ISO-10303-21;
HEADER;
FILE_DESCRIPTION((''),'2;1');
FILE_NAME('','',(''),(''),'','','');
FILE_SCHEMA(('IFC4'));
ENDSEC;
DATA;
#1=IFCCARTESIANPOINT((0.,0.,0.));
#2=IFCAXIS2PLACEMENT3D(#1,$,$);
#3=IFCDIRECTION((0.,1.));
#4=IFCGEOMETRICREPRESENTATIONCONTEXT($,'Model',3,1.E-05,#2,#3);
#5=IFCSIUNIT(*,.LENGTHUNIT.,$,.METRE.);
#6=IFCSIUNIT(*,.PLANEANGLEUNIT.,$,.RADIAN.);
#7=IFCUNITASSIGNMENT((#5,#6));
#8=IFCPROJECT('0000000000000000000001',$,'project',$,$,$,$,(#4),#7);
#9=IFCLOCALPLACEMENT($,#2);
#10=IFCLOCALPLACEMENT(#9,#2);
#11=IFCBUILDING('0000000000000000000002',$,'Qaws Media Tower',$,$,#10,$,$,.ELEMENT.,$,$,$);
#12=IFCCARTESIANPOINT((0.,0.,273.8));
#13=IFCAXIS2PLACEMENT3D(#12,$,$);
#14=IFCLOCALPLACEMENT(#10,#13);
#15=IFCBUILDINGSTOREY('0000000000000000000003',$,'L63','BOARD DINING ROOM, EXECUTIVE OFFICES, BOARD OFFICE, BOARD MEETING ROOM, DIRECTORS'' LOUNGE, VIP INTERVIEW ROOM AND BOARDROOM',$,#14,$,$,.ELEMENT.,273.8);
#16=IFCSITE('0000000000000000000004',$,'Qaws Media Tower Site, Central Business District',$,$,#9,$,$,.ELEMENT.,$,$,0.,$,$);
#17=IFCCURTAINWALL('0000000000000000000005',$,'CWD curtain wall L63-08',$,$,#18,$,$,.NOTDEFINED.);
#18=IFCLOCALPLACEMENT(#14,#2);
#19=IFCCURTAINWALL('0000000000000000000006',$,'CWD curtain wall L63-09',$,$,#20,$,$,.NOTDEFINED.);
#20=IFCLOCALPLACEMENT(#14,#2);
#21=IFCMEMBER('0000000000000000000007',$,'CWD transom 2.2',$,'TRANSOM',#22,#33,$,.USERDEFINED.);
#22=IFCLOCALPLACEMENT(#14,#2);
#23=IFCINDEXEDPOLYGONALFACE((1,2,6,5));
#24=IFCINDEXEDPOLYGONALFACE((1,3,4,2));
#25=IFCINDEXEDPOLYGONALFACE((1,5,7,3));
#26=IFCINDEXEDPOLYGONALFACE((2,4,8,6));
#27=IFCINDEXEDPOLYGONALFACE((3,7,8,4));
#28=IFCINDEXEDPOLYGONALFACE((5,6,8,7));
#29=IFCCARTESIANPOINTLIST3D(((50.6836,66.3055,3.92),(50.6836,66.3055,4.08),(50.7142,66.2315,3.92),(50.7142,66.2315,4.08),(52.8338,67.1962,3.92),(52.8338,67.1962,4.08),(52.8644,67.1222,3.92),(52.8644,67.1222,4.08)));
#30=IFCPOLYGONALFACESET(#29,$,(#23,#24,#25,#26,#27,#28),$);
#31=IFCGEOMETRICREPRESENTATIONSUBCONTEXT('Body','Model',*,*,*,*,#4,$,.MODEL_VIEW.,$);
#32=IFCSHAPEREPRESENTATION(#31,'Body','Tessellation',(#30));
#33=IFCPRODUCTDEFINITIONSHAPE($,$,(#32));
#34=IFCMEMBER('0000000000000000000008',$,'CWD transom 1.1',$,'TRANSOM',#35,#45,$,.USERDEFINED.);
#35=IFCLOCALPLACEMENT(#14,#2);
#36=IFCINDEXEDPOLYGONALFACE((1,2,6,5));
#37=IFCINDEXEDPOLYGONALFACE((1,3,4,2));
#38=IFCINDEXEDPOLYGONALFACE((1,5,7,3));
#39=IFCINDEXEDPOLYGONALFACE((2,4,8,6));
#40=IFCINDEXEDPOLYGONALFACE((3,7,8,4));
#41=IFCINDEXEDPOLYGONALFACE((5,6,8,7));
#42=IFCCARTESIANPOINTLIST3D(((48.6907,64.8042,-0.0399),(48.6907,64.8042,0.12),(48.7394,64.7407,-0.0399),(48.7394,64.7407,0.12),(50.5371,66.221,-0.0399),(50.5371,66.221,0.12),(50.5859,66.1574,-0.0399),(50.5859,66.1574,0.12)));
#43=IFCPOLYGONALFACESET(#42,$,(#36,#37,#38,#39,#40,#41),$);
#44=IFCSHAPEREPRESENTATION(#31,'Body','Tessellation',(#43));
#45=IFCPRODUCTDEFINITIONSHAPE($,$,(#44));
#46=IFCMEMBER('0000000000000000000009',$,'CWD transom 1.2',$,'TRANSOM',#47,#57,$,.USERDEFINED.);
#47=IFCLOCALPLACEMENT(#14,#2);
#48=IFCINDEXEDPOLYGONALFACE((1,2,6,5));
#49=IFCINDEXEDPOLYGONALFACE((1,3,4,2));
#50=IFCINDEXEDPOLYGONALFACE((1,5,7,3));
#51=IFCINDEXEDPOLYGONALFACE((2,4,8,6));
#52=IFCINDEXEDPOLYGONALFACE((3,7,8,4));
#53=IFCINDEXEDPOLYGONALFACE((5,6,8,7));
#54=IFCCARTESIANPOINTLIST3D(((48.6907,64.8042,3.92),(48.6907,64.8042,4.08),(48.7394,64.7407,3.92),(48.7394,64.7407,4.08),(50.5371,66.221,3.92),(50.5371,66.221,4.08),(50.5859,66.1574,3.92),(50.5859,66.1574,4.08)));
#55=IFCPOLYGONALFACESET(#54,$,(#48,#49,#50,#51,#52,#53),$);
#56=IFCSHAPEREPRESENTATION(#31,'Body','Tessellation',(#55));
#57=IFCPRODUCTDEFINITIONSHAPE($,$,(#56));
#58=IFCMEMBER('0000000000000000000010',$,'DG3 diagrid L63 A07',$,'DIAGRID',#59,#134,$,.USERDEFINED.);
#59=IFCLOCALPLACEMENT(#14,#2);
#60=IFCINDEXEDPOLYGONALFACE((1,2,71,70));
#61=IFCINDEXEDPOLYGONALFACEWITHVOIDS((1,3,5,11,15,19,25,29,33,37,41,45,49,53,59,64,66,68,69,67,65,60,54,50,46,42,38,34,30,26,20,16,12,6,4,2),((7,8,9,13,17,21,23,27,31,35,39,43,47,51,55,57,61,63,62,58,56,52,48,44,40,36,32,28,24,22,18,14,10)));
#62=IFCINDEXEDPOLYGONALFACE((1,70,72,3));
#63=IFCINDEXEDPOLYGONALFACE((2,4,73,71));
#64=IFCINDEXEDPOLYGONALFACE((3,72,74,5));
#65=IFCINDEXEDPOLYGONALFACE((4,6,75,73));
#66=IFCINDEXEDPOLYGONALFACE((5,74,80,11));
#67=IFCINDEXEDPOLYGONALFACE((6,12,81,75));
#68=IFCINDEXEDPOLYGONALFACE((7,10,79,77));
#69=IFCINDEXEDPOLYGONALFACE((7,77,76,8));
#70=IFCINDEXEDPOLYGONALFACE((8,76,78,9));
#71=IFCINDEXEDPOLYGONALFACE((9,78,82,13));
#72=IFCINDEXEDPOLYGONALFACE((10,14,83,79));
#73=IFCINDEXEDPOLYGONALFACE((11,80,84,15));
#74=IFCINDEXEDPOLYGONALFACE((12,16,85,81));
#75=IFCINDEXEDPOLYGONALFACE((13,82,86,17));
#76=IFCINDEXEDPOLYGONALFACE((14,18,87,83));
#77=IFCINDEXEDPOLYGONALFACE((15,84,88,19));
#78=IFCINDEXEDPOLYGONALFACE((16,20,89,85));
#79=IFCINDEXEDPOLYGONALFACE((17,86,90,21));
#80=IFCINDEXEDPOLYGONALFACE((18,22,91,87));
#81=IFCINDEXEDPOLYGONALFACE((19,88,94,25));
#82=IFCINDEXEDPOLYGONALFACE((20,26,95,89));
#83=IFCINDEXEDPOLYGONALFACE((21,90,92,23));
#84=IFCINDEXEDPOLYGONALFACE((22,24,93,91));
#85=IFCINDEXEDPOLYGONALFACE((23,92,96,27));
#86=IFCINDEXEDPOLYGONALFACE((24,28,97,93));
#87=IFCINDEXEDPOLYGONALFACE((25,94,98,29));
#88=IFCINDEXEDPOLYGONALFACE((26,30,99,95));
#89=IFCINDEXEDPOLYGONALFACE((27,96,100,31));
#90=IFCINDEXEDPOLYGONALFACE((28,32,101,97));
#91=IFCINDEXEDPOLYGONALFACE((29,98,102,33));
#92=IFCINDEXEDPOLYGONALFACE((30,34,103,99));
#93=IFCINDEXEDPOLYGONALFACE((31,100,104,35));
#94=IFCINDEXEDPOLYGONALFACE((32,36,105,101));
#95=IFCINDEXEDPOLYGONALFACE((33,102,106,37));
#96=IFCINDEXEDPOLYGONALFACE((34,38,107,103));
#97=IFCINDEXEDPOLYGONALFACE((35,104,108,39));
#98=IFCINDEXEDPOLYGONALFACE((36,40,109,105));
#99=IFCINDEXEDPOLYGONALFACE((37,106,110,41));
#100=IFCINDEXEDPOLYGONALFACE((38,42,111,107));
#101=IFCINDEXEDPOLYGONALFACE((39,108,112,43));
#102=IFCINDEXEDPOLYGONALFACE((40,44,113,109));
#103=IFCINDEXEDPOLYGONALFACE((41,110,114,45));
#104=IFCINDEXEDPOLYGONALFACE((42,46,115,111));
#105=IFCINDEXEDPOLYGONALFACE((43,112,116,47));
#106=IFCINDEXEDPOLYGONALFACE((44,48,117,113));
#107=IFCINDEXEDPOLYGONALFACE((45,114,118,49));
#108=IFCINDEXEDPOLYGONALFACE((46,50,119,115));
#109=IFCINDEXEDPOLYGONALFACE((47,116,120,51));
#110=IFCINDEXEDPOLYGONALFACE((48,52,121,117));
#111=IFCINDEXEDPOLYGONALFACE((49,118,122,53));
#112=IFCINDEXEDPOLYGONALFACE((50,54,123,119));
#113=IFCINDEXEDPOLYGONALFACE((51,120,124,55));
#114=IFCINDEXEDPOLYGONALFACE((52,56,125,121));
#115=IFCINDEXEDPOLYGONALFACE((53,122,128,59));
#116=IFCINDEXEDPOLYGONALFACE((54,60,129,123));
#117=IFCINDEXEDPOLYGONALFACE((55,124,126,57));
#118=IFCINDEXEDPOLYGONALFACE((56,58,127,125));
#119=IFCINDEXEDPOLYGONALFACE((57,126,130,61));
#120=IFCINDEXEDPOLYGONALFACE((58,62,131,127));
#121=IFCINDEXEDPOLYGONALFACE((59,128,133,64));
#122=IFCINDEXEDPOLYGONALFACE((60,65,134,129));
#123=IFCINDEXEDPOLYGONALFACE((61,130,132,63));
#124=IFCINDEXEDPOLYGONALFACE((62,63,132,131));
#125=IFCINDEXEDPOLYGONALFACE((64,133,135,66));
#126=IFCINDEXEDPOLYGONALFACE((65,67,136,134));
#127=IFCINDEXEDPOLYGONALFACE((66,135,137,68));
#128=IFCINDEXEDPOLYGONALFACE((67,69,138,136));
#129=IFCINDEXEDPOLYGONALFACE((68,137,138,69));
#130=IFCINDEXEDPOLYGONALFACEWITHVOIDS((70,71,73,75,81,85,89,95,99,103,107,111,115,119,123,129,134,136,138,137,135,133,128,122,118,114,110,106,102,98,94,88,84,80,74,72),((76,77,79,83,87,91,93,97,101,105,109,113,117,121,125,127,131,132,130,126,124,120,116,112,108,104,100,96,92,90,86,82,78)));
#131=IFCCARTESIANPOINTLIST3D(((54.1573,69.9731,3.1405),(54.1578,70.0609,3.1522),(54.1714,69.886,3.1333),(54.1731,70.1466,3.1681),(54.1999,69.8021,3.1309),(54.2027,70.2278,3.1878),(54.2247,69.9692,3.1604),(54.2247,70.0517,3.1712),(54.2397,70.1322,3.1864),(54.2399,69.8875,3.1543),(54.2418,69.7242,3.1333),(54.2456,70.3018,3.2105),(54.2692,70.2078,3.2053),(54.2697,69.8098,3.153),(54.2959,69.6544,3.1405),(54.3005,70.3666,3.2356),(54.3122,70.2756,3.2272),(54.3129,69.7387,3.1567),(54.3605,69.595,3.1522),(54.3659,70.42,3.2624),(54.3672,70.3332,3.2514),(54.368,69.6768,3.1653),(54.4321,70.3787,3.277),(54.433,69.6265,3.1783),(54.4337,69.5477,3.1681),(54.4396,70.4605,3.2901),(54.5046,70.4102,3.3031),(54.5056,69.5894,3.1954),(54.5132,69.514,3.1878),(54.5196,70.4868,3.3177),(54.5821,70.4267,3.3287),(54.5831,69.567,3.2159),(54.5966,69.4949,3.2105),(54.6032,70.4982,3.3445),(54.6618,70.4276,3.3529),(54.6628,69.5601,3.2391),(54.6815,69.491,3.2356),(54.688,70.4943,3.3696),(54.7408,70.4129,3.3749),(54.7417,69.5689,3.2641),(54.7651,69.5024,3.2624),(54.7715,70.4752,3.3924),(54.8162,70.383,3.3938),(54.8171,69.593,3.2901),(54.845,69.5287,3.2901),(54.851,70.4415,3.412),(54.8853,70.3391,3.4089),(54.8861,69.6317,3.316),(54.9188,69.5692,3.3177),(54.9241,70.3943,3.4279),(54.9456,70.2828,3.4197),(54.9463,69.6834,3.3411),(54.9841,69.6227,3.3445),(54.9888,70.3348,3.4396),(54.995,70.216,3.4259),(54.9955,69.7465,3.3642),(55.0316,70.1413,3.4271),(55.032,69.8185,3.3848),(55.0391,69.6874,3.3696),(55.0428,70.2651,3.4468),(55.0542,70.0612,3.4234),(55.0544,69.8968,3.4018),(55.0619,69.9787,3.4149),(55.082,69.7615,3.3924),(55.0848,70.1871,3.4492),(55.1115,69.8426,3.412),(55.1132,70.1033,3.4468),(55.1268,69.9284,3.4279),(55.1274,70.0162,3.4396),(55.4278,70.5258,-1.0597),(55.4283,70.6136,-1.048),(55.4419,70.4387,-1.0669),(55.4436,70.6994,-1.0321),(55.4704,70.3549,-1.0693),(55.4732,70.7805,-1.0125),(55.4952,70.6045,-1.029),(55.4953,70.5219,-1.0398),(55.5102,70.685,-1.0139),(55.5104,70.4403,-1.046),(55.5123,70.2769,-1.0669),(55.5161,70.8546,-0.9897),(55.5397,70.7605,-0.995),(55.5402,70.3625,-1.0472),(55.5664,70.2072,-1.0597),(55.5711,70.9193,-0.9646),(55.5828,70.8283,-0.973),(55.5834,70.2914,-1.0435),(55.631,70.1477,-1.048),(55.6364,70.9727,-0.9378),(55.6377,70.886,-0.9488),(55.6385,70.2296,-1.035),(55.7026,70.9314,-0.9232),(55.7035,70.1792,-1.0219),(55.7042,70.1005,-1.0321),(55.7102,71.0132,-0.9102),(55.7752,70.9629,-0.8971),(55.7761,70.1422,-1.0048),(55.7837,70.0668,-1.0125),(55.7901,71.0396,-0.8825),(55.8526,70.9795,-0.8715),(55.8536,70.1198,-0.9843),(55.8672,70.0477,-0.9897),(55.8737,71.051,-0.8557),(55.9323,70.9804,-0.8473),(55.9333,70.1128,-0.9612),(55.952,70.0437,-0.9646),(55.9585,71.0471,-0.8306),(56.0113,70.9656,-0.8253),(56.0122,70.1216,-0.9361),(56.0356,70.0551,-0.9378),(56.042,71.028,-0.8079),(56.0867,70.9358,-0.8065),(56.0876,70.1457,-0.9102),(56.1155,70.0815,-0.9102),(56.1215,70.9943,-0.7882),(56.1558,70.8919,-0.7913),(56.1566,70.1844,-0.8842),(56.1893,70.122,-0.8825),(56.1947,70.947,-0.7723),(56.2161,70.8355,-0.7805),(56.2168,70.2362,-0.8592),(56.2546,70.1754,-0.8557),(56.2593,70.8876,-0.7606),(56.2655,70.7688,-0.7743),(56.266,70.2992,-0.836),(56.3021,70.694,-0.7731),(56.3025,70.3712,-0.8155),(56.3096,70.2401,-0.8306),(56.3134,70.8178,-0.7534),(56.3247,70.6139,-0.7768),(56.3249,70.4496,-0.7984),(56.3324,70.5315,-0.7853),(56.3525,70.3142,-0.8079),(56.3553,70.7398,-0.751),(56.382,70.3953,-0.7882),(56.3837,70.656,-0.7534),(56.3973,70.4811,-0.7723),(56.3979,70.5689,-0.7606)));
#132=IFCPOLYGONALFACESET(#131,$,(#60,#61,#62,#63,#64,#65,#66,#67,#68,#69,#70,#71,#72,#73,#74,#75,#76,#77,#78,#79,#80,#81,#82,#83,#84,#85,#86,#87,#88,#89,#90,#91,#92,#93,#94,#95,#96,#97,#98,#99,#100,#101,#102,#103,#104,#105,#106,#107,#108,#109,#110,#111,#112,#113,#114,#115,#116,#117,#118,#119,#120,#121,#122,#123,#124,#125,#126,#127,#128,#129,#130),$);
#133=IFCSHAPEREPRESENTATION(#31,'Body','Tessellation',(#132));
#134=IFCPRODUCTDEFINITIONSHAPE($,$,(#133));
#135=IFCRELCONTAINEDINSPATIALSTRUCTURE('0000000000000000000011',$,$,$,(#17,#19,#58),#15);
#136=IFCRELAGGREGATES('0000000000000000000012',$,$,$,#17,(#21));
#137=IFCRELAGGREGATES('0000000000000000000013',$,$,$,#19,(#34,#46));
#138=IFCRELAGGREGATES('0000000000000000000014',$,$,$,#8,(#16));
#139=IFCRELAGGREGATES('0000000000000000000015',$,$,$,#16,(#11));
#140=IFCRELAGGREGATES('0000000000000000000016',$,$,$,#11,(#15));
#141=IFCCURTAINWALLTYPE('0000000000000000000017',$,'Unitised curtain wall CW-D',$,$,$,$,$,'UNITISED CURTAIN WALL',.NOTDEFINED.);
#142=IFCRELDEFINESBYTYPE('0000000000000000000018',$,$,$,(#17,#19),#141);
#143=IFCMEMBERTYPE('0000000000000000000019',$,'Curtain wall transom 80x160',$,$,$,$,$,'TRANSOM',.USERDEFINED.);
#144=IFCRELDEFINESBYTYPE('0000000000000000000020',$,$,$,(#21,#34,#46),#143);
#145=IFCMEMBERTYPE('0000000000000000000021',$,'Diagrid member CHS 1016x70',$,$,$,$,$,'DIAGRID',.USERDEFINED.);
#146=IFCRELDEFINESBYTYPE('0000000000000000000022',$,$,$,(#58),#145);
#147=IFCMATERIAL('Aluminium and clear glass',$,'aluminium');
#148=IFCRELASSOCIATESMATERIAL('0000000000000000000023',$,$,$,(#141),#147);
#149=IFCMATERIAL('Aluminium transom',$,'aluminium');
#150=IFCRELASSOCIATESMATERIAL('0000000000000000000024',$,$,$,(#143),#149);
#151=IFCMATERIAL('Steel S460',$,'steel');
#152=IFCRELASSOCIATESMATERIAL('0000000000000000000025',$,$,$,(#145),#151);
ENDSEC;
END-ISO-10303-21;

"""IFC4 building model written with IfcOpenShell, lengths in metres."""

from ifc_helpers import new_model, si_unit, direction, frame, origin, origin_2d, place, context, subcontext, project, spatial, rectangle, hollow_circle, extrude, material, material_profile, profile_set, type_object, element, aggregate, save


model = new_model("IFC4")

# Units and contexts
model_context = context("Model", 3, precision=1e-05, world=origin(), true_north=direction((0.0, 1.0)))
body_context = subcontext(model_context, "Body", "Model", "MODEL_VIEW")
ifc_project = project(units=[si_unit("LENGTHUNIT", "METRE"), si_unit("PLANEANGLEUNIT", "RADIAN")], contexts=[model_context])

# Site, building, storey
site_placement = place(None, origin())
site = spatial("IfcSite", under=ifc_project, at=site_placement, Name="Qaws Media Tower Site, Central Business District", CompositionType="ELEMENT", RefElevation=0.0)
building_placement = place(site_placement, origin())
building = spatial("IfcBuilding", under=site, at=building_placement, Name="Qaws Media Tower", CompositionType="ELEMENT")
storey_placement = place(building_placement, frame((0.0, 0.0, 273.8)))
storey = spatial("IfcBuildingStorey", under=building, at=storey_placement, Name="L63", Description="BOARD DINING ROOM, EXECUTIVE OFFICES, BOARD OFFICE, BOARD MEETING ROOM, DIRECTORS' LOUNGE, VIP INTERVIEW ROOM AND BOARDROOM", CompositionType="ELEMENT", Elevation=273.8)

# Curtain wall
ifc_material_1 = material(Name="Aluminium and clear glass", Category="aluminium")
curtain_wall_type = type_object("IfcCurtainWallType", Name="Unitised curtain wall CW-D", ElementType="UNITISED CURTAIN WALL", PredefinedType="NOTDEFINED", material=ifc_material_1)
curtain_wall_1_placement = place(storey_placement, origin())
curtain_wall_1 = element("IfcCurtainWall", 1, at=curtain_wall_1_placement, inside=storey, type_object=curtain_wall_type, Name="CWD curtain wall L63-08", PredefinedType="NOTDEFINED")

# Curtain wall
curtain_wall_2_placement = place(storey_placement, origin())
curtain_wall_2 = element("IfcCurtainWall", 2, at=curtain_wall_2_placement, inside=storey, type_object=curtain_wall_type, Name="CWD curtain wall L63-09", PredefinedType="NOTDEFINED")

# Members
ifc_material_2 = material(Name="Aluminium transom", Category="aluminium")
ifc_material_profile_1 = material_profile(ifc_material_2, rectangle(XDim=0.0801, YDim=0.1599, at=origin_2d()), Name="80x160")
ifc_profile_set_1 = profile_set([ifc_material_profile_1], Name="Aluminium transom")
member_type_1 = type_object("IfcMemberType", Name="Curtain wall transom 80x160", ElementType="TRANSOM", PredefinedType="USERDEFINED", material=ifc_profile_set_1)
member_1_placement = place(storey_placement, frame((52.8491, 67.1592, 4.0), z_axis=(-0.923879, -0.382685, 0.0), x_axis=(0.382685, -0.923879, 0.0)))
member_1 = element("IfcMember", 3, at=member_1_placement, type_object=member_type_1, Name="CWD transom 2.2", ObjectType="TRANSOM", PredefinedType="USERDEFINED", context=body_context, shape_type="SweptSolid", body=[
    extrude(rectangle(XDim=0.0801, YDim=0.1599, at=origin_2d()), origin(), (0.0, 0.0, 1.0), 2.3274),
])
member_2_placement = place(storey_placement, frame((50.5615, 66.1892, 0.04), z_axis=(-0.793368, -0.608742, 0.0), x_axis=(0.608742, -0.793368, 0.0)))
member_2 = element("IfcMember", 4, at=member_2_placement, type_object=member_type_1, Name="CWD transom 1.1", ObjectType="TRANSOM", PredefinedType="USERDEFINED", context=body_context, shape_type="SweptSolid", body=[
    extrude(rectangle(XDim=0.0801, YDim=0.1599, at=origin_2d()), origin(), (0.0, 0.0, 1.0), 2.3274),
])
member_3_placement = place(storey_placement, frame((50.5615, 66.1892, 4.0), z_axis=(-0.793368, -0.608742, 0.0), x_axis=(0.608742, -0.793368, 0.0)))
member_3 = element("IfcMember", 5, at=member_3_placement, type_object=member_type_1, Name="CWD transom 1.2", ObjectType="TRANSOM", PredefinedType="USERDEFINED", context=body_context, shape_type="SweptSolid", body=[
    extrude(rectangle(XDim=0.0801, YDim=0.1599, at=origin_2d()), origin(), (0.0, 0.0, 1.0), 2.3274),
])

# Member
ifc_material_3 = material(Name="Steel S460", Category="steel")
ifc_material_profile_2 = material_profile(ifc_material_3, hollow_circle(Radius=0.5081, WallThickness=0.0701, at=origin_2d()), Name="CHS 1016x70")
ifc_profile_set_2 = profile_set([ifc_material_profile_2], Name="Steel S460")
member_type_2 = type_object("IfcMemberType", Name="Diagrid member CHS 1016x70", ElementType="DIAGRID", PredefinedType="USERDEFINED", material=ifc_profile_set_2)
for number, where, z_axis, x_axis, name in (
    (6, (55.9128, 70.5474, -0.9102), (-0.287262, -0.124973, 0.949664), (0.398932, -0.91698, 0.0), "DG3 diagrid L63 A07"),
):
    element("IfcMember", number, at=place(storey_placement, frame(where, z_axis=z_axis, x_axis=x_axis)), inside=storey, type_object=member_type_2, Name=name, ObjectType="DIAGRID", PredefinedType="USERDEFINED", context=body_context, shape_type="SweptSolid", body=[
        extrude(hollow_circle(Radius=0.5081, WallThickness=0.0701, at=origin_2d()), origin(), (0.0, 0.0, 1.0), 4.4229),
    ])

aggregate(curtain_wall_1, [member_1])
aggregate(curtain_wall_2, [member_2, member_3])

save(model, "model.ifc")
